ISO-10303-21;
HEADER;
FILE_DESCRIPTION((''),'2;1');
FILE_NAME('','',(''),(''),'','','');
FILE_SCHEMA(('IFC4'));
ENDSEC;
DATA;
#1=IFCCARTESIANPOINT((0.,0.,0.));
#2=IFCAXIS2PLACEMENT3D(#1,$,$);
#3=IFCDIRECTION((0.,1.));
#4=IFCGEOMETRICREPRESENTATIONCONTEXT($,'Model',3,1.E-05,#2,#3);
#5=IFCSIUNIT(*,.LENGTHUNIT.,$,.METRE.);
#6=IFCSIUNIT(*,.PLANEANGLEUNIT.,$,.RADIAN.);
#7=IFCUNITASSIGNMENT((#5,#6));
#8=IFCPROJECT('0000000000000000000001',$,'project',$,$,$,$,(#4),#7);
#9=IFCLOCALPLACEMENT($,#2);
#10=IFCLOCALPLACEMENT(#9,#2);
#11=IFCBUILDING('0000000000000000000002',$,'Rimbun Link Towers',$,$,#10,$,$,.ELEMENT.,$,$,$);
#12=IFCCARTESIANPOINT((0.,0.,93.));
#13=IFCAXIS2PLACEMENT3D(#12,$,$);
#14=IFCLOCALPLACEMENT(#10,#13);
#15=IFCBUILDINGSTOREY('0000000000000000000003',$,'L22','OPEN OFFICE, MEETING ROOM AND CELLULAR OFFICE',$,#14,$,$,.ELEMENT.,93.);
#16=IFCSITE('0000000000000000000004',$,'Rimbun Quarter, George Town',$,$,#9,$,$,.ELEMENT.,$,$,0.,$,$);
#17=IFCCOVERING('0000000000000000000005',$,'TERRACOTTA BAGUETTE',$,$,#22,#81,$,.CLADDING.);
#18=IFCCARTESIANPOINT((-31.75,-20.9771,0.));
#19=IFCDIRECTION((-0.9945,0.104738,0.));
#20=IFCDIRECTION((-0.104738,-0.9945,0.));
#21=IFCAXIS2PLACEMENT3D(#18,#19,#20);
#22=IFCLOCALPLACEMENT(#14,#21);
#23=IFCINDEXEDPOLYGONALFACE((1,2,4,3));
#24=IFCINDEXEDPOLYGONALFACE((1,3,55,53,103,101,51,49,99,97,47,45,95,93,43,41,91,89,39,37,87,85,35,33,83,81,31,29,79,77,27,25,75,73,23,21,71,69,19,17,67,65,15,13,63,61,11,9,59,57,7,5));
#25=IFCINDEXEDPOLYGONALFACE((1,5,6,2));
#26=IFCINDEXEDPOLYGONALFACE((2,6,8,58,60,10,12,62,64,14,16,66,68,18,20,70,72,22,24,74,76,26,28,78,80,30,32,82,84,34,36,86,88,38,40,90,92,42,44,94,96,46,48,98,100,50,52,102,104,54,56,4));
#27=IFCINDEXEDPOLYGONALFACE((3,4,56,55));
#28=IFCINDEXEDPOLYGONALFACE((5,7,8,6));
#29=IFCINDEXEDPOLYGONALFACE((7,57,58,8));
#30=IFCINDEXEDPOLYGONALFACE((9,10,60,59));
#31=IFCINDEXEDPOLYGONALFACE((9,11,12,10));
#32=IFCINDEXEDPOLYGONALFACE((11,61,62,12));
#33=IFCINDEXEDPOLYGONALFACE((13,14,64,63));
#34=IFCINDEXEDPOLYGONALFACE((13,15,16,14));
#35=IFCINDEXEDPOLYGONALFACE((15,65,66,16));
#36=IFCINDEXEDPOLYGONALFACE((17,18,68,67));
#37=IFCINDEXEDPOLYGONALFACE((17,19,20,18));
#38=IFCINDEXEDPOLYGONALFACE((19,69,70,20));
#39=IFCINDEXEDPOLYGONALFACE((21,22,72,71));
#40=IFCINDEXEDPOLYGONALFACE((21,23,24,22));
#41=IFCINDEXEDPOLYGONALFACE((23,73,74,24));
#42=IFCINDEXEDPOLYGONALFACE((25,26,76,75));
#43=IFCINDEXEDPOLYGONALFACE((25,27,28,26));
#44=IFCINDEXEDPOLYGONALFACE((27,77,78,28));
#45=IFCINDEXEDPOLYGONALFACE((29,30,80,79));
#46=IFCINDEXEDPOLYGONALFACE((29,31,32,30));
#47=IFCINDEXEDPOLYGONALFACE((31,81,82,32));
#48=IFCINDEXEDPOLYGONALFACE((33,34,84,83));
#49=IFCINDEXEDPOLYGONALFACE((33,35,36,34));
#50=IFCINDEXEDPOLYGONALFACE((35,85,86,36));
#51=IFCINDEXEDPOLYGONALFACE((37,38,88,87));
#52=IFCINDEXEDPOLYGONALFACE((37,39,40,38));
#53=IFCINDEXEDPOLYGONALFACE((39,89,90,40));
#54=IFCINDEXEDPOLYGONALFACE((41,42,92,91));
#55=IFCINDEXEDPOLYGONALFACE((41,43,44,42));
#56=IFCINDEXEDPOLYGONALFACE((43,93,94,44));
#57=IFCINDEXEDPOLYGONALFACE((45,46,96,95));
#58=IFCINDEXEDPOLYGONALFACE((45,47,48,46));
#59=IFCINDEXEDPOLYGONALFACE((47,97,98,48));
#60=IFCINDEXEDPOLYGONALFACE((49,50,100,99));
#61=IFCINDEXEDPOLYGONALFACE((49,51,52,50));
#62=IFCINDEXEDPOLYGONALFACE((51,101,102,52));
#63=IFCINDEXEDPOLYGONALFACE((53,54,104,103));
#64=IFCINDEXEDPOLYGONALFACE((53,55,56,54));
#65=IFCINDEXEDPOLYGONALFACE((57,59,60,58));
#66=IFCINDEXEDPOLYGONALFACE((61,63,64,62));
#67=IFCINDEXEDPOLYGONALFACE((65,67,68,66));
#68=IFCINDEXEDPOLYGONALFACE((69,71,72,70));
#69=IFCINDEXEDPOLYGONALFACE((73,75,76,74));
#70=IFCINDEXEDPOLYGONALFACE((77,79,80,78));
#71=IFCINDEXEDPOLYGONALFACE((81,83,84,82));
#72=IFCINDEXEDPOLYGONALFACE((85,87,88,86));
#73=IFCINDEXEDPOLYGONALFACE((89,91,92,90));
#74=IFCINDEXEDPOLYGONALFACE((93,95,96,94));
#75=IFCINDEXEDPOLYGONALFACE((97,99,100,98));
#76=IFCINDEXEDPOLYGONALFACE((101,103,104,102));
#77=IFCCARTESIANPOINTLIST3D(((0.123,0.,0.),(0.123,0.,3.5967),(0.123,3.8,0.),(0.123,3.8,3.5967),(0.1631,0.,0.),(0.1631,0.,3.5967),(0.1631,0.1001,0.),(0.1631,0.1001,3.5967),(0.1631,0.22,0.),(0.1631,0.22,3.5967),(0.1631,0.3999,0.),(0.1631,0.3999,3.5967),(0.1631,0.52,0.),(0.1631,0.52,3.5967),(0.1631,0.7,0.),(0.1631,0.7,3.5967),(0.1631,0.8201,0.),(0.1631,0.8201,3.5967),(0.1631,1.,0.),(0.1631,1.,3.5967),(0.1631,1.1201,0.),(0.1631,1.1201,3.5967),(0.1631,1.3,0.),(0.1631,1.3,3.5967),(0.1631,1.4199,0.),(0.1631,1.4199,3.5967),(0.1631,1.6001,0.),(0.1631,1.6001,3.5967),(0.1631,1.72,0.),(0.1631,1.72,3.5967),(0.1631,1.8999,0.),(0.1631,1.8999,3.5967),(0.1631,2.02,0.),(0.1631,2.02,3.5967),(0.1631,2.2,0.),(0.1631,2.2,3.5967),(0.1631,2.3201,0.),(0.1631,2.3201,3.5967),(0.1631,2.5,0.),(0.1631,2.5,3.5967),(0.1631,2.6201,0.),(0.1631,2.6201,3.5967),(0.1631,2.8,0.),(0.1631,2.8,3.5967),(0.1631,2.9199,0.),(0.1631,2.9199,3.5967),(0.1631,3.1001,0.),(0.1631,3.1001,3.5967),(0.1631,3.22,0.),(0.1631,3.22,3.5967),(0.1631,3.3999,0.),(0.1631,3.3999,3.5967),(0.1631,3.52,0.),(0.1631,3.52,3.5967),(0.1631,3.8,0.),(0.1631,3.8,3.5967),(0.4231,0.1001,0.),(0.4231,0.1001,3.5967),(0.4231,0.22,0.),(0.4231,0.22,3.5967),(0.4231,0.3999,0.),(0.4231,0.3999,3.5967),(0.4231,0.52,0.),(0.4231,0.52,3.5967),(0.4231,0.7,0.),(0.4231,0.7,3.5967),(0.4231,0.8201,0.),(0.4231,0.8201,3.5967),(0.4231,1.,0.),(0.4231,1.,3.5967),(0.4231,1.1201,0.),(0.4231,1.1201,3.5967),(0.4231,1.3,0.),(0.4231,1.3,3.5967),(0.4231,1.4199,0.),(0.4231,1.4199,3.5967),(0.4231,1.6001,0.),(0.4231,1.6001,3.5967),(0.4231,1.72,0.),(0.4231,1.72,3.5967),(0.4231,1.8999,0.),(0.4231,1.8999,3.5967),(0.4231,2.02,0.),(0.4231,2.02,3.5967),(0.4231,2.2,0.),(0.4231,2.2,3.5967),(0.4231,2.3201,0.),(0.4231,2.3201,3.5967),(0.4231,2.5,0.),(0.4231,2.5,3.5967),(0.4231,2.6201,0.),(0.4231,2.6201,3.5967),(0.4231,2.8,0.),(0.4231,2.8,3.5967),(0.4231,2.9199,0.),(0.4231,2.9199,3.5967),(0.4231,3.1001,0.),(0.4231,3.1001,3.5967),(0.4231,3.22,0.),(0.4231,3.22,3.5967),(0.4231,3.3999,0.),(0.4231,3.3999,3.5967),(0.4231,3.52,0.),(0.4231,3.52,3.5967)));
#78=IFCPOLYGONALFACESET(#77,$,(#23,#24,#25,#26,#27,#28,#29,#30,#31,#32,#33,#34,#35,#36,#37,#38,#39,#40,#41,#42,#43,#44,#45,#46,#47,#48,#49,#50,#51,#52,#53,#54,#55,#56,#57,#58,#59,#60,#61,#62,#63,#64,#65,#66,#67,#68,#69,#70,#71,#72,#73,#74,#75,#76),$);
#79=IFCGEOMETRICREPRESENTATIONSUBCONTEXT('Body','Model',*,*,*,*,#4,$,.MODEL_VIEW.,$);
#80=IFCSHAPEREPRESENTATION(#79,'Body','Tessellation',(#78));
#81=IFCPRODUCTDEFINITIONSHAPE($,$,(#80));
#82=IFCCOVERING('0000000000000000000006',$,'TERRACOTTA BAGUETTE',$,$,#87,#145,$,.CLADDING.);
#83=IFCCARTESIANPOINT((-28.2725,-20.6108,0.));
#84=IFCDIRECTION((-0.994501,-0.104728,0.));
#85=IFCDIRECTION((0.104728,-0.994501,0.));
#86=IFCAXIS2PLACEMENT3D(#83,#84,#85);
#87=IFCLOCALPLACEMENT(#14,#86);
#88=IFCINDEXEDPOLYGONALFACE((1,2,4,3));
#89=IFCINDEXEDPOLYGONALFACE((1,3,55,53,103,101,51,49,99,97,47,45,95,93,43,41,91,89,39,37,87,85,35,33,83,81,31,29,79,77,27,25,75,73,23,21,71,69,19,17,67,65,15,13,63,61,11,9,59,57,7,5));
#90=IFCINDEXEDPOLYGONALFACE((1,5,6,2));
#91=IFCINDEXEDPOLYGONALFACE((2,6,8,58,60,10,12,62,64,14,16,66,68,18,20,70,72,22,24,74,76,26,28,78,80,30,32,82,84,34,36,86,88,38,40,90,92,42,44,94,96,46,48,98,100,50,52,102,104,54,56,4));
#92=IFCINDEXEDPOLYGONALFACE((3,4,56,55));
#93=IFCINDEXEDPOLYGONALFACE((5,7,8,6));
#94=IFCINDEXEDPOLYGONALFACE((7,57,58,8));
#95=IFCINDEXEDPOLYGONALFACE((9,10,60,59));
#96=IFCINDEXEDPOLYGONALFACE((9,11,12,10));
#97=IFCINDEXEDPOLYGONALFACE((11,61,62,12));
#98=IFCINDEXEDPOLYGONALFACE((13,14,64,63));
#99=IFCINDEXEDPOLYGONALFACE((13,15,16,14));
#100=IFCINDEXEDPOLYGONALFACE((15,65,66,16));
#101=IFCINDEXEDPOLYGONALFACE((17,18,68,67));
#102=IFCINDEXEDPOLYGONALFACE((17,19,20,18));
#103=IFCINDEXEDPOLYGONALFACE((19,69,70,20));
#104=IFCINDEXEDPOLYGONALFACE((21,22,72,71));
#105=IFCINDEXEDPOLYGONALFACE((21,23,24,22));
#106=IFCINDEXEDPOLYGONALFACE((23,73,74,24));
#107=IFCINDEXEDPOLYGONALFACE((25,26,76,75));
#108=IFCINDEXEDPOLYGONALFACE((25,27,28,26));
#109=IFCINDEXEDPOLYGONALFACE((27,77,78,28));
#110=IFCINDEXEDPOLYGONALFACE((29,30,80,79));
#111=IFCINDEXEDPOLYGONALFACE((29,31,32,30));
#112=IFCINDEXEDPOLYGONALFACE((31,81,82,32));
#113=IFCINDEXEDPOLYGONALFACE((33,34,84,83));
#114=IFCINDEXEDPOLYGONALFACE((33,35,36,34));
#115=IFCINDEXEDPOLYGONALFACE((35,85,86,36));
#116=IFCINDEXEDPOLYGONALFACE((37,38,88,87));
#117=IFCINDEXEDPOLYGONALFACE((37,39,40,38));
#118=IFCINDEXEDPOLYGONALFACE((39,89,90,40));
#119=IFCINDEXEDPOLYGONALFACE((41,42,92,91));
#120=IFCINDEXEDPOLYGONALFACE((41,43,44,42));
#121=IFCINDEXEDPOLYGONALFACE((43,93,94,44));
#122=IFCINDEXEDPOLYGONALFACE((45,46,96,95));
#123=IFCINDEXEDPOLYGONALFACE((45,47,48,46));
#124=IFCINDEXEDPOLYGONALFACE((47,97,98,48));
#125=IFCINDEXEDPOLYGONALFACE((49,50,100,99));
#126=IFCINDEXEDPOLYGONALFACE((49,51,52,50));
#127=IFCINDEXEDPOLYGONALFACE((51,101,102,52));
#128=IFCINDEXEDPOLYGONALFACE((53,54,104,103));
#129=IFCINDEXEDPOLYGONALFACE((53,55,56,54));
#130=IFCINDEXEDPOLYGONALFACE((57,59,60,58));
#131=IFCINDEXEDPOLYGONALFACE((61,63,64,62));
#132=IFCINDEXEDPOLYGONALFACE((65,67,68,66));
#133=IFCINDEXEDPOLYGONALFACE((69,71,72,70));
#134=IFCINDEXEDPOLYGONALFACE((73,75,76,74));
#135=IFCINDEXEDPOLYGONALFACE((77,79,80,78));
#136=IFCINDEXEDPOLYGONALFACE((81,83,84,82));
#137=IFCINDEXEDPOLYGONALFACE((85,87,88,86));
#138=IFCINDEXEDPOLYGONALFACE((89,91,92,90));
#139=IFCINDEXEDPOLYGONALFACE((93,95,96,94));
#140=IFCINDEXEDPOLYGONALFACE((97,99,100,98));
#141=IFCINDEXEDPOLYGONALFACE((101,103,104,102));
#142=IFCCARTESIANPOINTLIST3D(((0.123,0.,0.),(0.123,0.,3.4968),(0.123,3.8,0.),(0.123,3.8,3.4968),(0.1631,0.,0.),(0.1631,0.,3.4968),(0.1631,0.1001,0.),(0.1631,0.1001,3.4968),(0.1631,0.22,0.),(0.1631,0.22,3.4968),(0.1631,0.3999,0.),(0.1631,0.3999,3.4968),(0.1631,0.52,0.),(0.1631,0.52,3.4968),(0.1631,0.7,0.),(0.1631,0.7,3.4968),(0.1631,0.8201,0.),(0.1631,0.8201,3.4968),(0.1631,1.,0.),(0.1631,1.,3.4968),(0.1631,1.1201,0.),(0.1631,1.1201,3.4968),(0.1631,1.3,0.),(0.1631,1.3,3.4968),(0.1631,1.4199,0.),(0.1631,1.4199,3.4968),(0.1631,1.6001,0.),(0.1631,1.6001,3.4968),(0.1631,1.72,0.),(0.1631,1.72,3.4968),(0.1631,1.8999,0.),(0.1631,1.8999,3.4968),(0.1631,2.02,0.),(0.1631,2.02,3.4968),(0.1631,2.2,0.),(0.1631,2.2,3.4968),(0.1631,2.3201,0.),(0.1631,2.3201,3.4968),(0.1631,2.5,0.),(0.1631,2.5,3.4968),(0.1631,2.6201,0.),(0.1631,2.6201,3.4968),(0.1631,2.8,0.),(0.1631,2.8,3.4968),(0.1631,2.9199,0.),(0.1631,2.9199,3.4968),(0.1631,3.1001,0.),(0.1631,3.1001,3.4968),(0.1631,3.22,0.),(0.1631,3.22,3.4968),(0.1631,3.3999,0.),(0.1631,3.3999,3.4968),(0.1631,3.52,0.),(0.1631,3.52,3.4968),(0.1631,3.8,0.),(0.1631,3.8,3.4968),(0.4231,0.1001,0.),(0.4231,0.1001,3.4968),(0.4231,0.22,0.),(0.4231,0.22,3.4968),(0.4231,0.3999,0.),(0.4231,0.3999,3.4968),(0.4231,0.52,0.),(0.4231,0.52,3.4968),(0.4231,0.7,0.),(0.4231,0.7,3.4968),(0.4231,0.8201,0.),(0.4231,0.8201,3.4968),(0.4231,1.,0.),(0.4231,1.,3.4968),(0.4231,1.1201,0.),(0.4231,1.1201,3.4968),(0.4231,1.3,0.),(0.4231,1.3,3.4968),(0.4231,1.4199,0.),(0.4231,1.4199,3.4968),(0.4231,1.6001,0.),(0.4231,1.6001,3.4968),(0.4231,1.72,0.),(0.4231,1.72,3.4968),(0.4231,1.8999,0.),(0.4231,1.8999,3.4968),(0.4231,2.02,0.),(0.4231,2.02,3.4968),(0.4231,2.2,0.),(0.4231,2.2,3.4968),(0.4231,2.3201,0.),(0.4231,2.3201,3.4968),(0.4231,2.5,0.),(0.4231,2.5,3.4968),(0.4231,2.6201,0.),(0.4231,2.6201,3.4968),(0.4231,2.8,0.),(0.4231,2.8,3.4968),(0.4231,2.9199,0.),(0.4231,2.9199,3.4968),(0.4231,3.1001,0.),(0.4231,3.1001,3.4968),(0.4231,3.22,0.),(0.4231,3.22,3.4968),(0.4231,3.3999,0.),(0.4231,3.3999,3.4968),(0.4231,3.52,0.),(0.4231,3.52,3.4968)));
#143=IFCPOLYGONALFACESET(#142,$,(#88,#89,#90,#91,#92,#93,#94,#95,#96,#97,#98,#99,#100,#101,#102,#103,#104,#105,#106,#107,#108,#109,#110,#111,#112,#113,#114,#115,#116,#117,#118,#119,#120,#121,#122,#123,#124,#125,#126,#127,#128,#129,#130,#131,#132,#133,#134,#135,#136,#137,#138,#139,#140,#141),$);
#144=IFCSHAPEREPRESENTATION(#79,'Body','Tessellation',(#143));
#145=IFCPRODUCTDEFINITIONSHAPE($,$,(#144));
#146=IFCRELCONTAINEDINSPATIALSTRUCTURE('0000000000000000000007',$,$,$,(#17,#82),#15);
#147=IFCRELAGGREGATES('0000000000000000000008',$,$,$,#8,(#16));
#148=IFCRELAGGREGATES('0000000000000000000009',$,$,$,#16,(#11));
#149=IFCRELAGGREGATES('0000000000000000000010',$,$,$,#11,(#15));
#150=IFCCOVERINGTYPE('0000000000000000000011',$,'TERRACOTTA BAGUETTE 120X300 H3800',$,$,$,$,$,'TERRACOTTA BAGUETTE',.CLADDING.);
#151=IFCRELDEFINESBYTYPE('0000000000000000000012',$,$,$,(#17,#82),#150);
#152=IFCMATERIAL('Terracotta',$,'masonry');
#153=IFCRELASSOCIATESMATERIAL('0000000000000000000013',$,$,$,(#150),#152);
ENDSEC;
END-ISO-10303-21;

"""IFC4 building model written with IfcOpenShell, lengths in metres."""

from ifc_helpers import new_model, si_unit, direction, frame, origin, place, context, subcontext, project, spatial, polyline, outline, extrude, material, material_profile, profile_set, type_object, element, save


model = new_model("IFC4")

# Units and contexts
model_context = context("Model", 3, precision=1e-05, world=origin(), true_north=direction((0.0, 1.0)))
body_context = subcontext(model_context, "Body", "Model", "MODEL_VIEW")
ifc_project = project(units=[si_unit("LENGTHUNIT", "METRE"), si_unit("PLANEANGLEUNIT", "RADIAN")], contexts=[model_context])

# Site, building, storey
site_placement = place(None, origin())
site = spatial("IfcSite", under=ifc_project, at=site_placement, Name="Rimbun Quarter, George Town", CompositionType="ELEMENT", RefElevation=0.0)
building_placement = place(site_placement, origin())
building = spatial("IfcBuilding", under=site, at=building_placement, Name="Rimbun Link Towers", CompositionType="ELEMENT")
storey_placement = place(building_placement, frame((0.0, 0.0, 93.0)))
storey = spatial("IfcBuildingStorey", under=building, at=storey_placement, Name="L22", Description="OPEN OFFICE, MEETING ROOM AND CELLULAR OFFICE", CompositionType="ELEMENT", Elevation=93.0)

# Coverings
ifc_material_1 = material(Name="Terracotta", Category="masonry")
ifc_material_profile_1 = material_profile(ifc_material_1, outline(polyline([(0.123, 0.0), (0.1631, 0.0), (0.1631, 0.1001), (0.4231, 0.1001), (0.4231, 0.22), (0.1631, 0.22), (0.1631, 0.3999), (0.4231, 0.3999), (0.4231, 0.52), (0.1631, 0.52), (0.1631, 0.7), (0.4231, 0.7), (0.4231, 0.8201), (0.1631, 0.8201), (0.1631, 1.0), (0.4231, 1.0), (0.4231, 1.1201), (0.1631, 1.1201), (0.1631, 1.3), (0.4231, 1.3), (0.4231, 1.4199), (0.1631, 1.4199), (0.1631, 1.6001), (0.4231, 1.6001), (0.4231, 1.72), (0.1631, 1.72), (0.1631, 1.8999), (0.4231, 1.8999), (0.4231, 2.02), (0.1631, 2.02), (0.1631, 2.2), (0.4231, 2.2), (0.4231, 2.3201), (0.1631, 2.3201), (0.1631, 2.5), (0.4231, 2.5), (0.4231, 2.6201), (0.1631, 2.6201), (0.1631, 2.8), (0.4231, 2.8), (0.4231, 2.9199), (0.1631, 2.9199), (0.1631, 3.1001), (0.4231, 3.1001), (0.4231, 3.22), (0.1631, 3.22), (0.1631, 3.3999), (0.4231, 3.3999), (0.4231, 3.52), (0.1631, 3.52), (0.1631, 3.8), (0.123, 3.8), (0.123, 0.0)])), Name="BAGUETTE 120X300")
ifc_profile_set_1 = profile_set([ifc_material_profile_1], Name="Terracotta")
covering_type = type_object("IfcCoveringType", Name="TERRACOTTA BAGUETTE 120X300 H3800", ElementType="TERRACOTTA BAGUETTE", PredefinedType="CLADDING", material=ifc_profile_set_1)
covering_1_placement = place(storey_placement, frame((-31.75, -20.9771, 0.0), z_axis=(-0.9945, 0.104738, 0.0), x_axis=(-0.104738, -0.9945, 0.0)))
element("IfcCovering", 1, at=covering_1_placement, inside=storey, type_object=covering_type, Name="TERRACOTTA BAGUETTE", PredefinedType="CLADDING", context=body_context, shape_type="SweptSolid", body=[
    extrude(outline(polyline([(0.123, 0.0), (0.1631, 0.0), (0.1631, 0.1001), (0.4231, 0.1001), (0.4231, 0.22), (0.1631, 0.22), (0.1631, 0.3999), (0.4231, 0.3999), (0.4231, 0.52), (0.1631, 0.52), (0.1631, 0.7), (0.4231, 0.7), (0.4231, 0.8201), (0.1631, 0.8201), (0.1631, 1.0), (0.4231, 1.0), (0.4231, 1.1201), (0.1631, 1.1201), (0.1631, 1.3), (0.4231, 1.3), (0.4231, 1.4199), (0.1631, 1.4199), (0.1631, 1.6001), (0.4231, 1.6001), (0.4231, 1.72), (0.1631, 1.72), (0.1631, 1.8999), (0.4231, 1.8999), (0.4231, 2.02), (0.1631, 2.02), (0.1631, 2.2), (0.4231, 2.2), (0.4231, 2.3201), (0.1631, 2.3201), (0.1631, 2.5), (0.4231, 2.5), (0.4231, 2.6201), (0.1631, 2.6201), (0.1631, 2.8), (0.4231, 2.8), (0.4231, 2.9199), (0.1631, 2.9199), (0.1631, 3.1001), (0.4231, 3.1001), (0.4231, 3.22), (0.1631, 3.22), (0.1631, 3.3999), (0.4231, 3.3999), (0.4231, 3.52), (0.1631, 3.52), (0.1631, 3.8), (0.123, 3.8), (0.123, 0.0)])), origin(), (0.0, 0.0, 1.0), 3.5967),
])
covering_2_placement = place(storey_placement, frame((-28.2725, -20.6108, 0.0), z_axis=(-0.994501, -0.104728, 0.0), x_axis=(0.104728, -0.994501, 0.0)))
element("IfcCovering", 2, at=covering_2_placement, inside=storey, type_object=covering_type, Name="TERRACOTTA BAGUETTE", PredefinedType="CLADDING", context=body_context, shape_type="SweptSolid", body=[
    extrude(outline(polyline([(0.123, 0.0), (0.1631, 0.0), (0.1631, 0.1001), (0.4231, 0.1001), (0.4231, 0.22), (0.1631, 0.22), (0.1631, 0.3999), (0.4231, 0.3999), (0.4231, 0.52), (0.1631, 0.52), (0.1631, 0.7), (0.4231, 0.7), (0.4231, 0.8201), (0.1631, 0.8201), (0.1631, 1.0), (0.4231, 1.0), (0.4231, 1.1201), (0.1631, 1.1201), (0.1631, 1.3), (0.4231, 1.3), (0.4231, 1.4199), (0.1631, 1.4199), (0.1631, 1.6001), (0.4231, 1.6001), (0.4231, 1.72), (0.1631, 1.72), (0.1631, 1.8999), (0.4231, 1.8999), (0.4231, 2.02), (0.1631, 2.02), (0.1631, 2.2), (0.4231, 2.2), (0.4231, 2.3201), (0.1631, 2.3201), (0.1631, 2.5), (0.4231, 2.5), (0.4231, 2.6201), (0.1631, 2.6201), (0.1631, 2.8), (0.4231, 2.8), (0.4231, 2.9199), (0.1631, 2.9199), (0.1631, 3.1001), (0.4231, 3.1001), (0.4231, 3.22), (0.1631, 3.22), (0.1631, 3.3999), (0.4231, 3.3999), (0.4231, 3.52), (0.1631, 3.52), (0.1631, 3.8), (0.123, 3.8), (0.123, 0.0)])), origin(), (0.0, 0.0, 1.0), 3.4968),
])

save(model, "model.ifc")
